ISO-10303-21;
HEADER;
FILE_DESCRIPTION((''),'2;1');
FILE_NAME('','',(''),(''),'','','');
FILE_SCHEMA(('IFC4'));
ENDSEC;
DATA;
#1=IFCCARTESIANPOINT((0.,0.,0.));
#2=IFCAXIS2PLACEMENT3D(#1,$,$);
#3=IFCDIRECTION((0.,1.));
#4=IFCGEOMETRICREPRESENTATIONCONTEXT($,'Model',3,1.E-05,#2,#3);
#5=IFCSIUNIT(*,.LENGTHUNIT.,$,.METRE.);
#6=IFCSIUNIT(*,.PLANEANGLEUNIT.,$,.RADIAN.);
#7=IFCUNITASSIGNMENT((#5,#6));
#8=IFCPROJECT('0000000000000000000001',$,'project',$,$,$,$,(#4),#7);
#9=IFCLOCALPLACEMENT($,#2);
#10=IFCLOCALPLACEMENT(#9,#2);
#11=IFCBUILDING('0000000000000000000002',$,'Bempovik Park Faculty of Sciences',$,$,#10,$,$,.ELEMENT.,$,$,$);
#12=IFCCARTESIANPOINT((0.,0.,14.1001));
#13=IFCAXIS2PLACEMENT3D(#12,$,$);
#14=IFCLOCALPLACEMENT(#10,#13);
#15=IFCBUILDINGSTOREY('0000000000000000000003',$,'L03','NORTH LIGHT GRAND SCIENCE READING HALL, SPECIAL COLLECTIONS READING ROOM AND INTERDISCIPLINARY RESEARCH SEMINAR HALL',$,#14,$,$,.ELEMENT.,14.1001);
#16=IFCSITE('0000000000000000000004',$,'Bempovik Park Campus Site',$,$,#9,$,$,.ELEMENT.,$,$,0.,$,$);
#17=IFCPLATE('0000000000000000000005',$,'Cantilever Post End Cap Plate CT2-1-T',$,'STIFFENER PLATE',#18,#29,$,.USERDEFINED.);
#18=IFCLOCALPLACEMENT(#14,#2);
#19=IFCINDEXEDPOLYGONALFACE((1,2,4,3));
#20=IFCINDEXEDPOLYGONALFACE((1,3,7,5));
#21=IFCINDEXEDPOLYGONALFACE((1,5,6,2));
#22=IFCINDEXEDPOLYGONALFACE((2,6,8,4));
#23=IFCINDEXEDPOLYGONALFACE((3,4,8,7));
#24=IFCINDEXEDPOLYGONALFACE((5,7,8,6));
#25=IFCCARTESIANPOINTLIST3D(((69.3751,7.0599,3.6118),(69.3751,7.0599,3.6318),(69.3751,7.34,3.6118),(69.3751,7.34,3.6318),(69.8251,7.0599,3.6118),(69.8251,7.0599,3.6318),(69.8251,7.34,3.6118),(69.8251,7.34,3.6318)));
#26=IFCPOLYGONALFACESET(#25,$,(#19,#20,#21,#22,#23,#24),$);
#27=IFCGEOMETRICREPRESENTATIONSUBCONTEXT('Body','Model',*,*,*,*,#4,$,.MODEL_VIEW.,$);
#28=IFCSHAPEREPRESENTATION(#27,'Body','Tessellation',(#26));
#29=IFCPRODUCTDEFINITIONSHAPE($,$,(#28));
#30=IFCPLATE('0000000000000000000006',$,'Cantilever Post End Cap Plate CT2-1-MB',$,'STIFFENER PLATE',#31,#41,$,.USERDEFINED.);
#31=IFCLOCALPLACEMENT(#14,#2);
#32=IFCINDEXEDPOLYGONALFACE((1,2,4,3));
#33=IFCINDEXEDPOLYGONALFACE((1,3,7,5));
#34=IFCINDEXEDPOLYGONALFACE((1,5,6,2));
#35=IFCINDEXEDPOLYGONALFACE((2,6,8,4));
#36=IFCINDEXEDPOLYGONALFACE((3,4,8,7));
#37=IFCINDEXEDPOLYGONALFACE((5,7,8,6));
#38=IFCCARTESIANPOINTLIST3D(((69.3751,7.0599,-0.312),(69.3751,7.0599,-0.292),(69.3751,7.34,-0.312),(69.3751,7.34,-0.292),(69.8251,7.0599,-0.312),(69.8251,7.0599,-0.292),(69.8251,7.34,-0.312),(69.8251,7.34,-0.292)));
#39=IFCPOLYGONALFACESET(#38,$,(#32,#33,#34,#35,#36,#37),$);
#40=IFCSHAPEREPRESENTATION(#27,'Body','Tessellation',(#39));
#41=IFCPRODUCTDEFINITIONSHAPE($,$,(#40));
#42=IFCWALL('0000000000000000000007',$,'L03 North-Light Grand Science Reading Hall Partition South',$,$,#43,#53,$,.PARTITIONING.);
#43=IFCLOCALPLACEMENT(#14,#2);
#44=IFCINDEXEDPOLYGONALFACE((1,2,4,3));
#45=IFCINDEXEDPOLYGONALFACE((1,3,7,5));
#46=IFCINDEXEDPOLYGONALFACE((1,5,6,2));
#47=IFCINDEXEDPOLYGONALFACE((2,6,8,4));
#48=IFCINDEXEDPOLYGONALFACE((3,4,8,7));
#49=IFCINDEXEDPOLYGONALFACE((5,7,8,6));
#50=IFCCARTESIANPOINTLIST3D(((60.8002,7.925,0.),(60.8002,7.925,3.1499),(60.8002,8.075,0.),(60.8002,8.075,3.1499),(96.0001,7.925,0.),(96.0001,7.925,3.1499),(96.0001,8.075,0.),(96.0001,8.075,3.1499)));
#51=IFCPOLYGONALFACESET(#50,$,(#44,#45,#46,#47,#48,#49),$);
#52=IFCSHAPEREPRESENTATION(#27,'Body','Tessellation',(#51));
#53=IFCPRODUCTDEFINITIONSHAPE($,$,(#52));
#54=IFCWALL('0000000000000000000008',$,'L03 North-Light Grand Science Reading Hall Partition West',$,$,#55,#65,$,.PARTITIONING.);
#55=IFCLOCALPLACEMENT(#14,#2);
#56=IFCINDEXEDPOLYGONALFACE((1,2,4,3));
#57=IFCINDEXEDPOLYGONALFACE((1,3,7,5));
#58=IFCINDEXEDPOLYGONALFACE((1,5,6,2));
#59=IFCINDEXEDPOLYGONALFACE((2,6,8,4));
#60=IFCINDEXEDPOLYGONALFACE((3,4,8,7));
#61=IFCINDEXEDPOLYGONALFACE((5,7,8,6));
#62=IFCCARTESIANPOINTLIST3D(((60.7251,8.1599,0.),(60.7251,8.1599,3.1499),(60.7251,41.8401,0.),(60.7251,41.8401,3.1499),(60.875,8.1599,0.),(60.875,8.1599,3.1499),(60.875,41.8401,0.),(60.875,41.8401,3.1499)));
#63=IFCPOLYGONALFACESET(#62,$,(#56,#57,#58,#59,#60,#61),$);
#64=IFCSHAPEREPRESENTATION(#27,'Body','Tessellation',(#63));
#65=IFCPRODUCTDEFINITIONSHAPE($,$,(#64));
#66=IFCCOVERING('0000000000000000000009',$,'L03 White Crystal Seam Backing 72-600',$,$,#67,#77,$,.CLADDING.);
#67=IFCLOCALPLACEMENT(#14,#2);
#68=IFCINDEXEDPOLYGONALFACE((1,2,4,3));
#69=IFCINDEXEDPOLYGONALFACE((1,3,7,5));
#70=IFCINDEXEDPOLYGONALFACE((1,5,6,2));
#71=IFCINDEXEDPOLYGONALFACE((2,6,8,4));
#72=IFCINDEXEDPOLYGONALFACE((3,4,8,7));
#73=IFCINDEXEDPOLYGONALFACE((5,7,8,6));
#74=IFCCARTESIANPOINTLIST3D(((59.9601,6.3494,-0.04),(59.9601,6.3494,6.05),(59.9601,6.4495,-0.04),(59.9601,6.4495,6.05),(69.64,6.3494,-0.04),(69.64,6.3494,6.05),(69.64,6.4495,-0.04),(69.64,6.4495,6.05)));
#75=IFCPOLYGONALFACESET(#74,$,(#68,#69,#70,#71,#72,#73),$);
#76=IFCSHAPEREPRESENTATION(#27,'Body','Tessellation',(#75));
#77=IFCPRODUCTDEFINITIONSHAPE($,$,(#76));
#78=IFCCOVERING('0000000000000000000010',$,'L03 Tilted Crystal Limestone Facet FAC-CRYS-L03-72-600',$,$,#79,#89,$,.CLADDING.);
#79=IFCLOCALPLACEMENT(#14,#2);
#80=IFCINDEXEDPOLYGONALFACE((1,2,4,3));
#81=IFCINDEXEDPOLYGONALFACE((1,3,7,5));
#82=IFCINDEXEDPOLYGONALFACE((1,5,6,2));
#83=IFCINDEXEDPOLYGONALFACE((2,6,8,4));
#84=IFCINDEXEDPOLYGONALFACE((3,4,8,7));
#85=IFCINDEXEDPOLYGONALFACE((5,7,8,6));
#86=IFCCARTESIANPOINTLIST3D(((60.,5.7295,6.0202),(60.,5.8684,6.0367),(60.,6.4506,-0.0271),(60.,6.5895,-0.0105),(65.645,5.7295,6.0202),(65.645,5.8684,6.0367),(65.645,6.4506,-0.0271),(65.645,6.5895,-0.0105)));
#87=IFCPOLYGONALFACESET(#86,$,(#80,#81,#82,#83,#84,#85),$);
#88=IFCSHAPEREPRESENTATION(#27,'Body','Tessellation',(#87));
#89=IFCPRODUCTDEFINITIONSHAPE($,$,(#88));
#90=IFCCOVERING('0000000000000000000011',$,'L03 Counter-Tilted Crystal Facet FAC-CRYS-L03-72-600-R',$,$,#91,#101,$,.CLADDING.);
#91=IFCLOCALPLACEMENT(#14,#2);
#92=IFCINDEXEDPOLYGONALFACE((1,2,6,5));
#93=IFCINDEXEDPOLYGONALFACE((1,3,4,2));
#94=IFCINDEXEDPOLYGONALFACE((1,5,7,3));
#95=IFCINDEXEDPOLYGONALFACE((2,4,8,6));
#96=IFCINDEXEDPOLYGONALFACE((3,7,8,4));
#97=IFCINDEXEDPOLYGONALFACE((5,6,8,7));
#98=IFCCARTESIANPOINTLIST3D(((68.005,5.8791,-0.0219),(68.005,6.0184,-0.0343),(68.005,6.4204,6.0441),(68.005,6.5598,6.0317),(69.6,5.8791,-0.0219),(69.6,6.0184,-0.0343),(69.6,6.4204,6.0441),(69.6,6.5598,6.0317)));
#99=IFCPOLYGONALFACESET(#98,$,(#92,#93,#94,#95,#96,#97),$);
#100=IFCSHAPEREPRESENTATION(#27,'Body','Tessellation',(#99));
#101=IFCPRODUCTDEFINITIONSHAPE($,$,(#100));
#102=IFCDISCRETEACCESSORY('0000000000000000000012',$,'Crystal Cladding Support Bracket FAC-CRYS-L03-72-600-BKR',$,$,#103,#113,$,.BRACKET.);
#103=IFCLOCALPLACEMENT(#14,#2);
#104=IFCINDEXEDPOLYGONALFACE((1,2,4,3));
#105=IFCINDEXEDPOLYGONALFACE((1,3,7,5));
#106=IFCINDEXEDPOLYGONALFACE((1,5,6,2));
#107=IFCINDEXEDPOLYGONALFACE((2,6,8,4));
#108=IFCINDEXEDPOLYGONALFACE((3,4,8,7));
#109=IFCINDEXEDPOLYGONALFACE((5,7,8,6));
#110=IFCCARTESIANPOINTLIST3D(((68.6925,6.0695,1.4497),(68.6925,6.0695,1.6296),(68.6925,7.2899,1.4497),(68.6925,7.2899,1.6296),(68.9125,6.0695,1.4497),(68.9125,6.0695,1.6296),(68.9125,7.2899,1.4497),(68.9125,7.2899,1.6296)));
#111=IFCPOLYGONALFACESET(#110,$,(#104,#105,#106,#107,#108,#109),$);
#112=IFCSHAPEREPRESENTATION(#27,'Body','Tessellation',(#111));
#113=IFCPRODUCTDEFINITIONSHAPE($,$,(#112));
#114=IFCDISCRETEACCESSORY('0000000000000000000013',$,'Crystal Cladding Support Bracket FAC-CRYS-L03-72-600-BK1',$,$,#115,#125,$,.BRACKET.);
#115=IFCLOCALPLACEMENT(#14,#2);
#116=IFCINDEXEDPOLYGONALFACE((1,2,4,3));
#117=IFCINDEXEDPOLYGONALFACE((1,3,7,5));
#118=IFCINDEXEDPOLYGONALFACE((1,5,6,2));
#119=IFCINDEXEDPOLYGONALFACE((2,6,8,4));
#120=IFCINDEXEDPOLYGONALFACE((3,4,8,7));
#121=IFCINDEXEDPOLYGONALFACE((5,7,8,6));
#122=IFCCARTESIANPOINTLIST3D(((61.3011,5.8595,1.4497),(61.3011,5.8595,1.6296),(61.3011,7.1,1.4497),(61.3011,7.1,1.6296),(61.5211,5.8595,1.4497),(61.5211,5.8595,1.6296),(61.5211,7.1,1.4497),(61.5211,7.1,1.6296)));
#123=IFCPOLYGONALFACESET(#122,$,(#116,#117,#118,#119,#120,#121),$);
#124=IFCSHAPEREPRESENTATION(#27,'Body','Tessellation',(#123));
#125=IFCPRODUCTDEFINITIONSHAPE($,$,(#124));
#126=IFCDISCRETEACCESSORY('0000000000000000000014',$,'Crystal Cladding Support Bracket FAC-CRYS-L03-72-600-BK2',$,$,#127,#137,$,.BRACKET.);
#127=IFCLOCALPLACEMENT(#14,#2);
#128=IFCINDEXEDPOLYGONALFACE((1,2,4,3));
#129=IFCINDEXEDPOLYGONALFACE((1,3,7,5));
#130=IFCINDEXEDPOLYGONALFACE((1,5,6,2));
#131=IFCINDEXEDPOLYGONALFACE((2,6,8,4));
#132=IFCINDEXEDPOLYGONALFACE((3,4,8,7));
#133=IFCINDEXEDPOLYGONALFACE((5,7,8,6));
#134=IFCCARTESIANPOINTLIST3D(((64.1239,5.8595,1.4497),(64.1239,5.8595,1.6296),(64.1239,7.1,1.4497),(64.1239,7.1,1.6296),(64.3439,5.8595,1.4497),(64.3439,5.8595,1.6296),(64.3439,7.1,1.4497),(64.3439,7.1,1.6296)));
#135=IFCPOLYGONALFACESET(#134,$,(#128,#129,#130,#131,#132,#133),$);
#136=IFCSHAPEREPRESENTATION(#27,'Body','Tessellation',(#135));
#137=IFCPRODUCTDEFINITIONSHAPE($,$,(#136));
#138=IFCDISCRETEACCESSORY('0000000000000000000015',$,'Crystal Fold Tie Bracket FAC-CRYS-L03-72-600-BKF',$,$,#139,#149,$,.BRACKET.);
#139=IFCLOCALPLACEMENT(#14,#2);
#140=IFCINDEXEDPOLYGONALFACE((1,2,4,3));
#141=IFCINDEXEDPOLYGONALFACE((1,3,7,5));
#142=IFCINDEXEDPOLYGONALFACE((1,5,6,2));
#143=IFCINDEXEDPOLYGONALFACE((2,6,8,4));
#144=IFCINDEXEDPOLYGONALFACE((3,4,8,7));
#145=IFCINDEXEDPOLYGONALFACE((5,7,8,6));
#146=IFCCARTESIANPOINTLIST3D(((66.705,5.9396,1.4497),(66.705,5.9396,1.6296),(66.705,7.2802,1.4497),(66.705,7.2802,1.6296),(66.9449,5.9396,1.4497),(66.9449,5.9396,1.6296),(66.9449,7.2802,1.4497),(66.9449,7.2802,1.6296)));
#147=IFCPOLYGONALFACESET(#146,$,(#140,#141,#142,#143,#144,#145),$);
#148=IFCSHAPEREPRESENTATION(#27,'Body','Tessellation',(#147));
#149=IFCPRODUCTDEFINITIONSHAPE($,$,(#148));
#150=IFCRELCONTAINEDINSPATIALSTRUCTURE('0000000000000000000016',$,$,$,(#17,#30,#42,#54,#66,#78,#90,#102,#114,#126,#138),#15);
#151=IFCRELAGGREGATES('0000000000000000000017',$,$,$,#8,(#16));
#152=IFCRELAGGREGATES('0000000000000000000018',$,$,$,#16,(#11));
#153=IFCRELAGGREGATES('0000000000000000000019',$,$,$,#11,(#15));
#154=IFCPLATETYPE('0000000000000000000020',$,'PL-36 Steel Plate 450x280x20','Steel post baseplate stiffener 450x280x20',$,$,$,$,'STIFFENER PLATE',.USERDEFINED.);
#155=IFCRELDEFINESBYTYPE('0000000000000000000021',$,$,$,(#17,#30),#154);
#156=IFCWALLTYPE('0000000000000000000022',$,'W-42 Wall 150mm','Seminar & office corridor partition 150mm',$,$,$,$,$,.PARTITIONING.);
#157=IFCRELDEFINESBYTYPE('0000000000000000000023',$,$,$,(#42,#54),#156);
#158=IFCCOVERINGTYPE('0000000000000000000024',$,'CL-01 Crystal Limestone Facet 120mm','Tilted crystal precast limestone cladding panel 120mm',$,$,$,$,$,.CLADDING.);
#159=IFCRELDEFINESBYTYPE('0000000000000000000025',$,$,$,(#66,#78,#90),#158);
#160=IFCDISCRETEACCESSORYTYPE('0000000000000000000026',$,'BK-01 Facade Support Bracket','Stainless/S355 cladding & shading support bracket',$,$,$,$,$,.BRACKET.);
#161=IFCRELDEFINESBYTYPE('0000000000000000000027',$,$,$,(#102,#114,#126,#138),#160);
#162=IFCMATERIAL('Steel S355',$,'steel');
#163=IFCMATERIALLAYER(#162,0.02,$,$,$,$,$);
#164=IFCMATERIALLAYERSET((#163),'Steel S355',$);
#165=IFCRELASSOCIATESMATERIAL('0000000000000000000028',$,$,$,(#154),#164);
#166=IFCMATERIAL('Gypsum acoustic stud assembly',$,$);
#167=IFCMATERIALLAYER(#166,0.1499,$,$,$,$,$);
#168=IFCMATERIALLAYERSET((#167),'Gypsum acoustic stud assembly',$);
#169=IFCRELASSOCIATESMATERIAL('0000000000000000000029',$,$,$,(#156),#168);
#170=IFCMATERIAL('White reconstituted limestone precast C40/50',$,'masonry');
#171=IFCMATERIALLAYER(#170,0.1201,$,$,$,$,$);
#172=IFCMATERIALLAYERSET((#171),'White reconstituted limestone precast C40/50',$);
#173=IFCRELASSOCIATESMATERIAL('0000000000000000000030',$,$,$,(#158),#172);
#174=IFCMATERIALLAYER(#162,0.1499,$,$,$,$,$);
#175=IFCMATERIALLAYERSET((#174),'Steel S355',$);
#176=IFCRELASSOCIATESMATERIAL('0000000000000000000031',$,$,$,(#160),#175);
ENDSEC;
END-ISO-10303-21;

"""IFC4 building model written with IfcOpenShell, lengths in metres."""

from ifc_helpers import new_model, si_unit, direction, frame, frame_2d, origin, origin_2d, place, context, subcontext, project, spatial, rectangle, extrude, material, layer, layer_set, type_object, element, save


model = new_model("IFC4")

# Units and contexts
model_context = context("Model", 3, precision=1e-05, world=origin(), true_north=direction((0.0, 1.0)))
body_context = subcontext(model_context, "Body", "Model", "MODEL_VIEW")
ifc_project = project(units=[si_unit("LENGTHUNIT", "METRE"), si_unit("PLANEANGLEUNIT", "RADIAN")], contexts=[model_context])

# Site, building, storey
site_placement = place(None, origin())
site = spatial("IfcSite", under=ifc_project, at=site_placement, Name="Bempovik Park Campus Site", CompositionType="ELEMENT", RefElevation=0.0)
building_placement = place(site_placement, origin())
building = spatial("IfcBuilding", under=site, at=building_placement, Name="Bempovik Park Faculty of Sciences", CompositionType="ELEMENT")
storey_placement = place(building_placement, frame((0.0, 0.0, 14.1001)))
storey = spatial("IfcBuildingStorey", under=building, at=storey_placement, Name="L03", Description="NORTH LIGHT GRAND SCIENCE READING HALL, SPECIAL COLLECTIONS READING ROOM AND INTERDISCIPLINARY RESEARCH SEMINAR HALL", CompositionType="ELEMENT", Elevation=14.1001)

# Shared definitions
ifc_material_1 = material(Name="Steel S355", Category="steel")

# Plates
ifc_layer_1 = layer(ifc_material_1, 0.02)
ifc_layer_set_1 = layer_set([ifc_layer_1], Name="Steel S355")
plate_type_1 = type_object("IfcPlateType", Name="PL-36 Steel Plate 450x280x20", Description="Steel post baseplate stiffener 450x280x20", ElementType="STIFFENER PLATE", PredefinedType="USERDEFINED", material=ifc_layer_set_1)
for number, where, z_axis, x_axis, name in (
    (1, (69.6001, 7.2, 3.6118), (0.0, 0.0, 1.0), (1.0, 0.0, 0.0), "Cantilever Post End Cap Plate CT2-1-T"),
    (2, (69.6001, 7.2, -0.312), (0.0, 0.0, 1.0), (1.0, 0.0, 0.0), "Cantilever Post End Cap Plate CT2-1-MB"),
):
    element("IfcPlate", number, at=place(storey_placement, frame(where, z_axis=z_axis, x_axis=x_axis)), inside=storey, type_object=plate_type_1, Name=name, ObjectType="STIFFENER PLATE", PredefinedType="USERDEFINED", context=body_context, shape_type="SweptSolid", body=[
        extrude(rectangle(XDim=0.45, YDim=0.28, at=origin_2d()), origin(), (0.0, 0.0, 1.0), 0.02),
    ])

# Walls
ifc_material_2 = material(Name="Gypsum acoustic stud assembly")
ifc_layer_2 = layer(ifc_material_2, 0.1499)
ifc_layer_set_2 = layer_set([ifc_layer_2], Name="Gypsum acoustic stud assembly")
wall_type = type_object("IfcWallType", Name="W-42 Wall 150mm", Description="Seminar & office corridor partition 150mm", PredefinedType="PARTITIONING", material=ifc_layer_set_2)
wall_1_placement = place(storey_placement, frame((60.8, 8.0, 0.0), z_axis=(0.0, 0.0, 1.0), x_axis=(1.0, 0.0, 0.0)))
element("IfcWall", 3, at=wall_1_placement, inside=storey, type_object=wall_type, Name="L03 North-Light Grand Science Reading Hall Partition South", PredefinedType="PARTITIONING", context=body_context, shape_type="SweptSolid", body=[
    extrude(rectangle(XDim=35.2, YDim=0.1499, at=frame_2d((17.6001, 0.0))), origin(), (0.0, 0.0, 1.0), 3.1499),
])
wall_2_placement = place(storey_placement, frame((60.8, 8.1599, 0.0), z_axis=(0.0, 0.0, 1.0), x_axis=(0.0, 1.0, 0.0)))
element("IfcWall", 4, at=wall_2_placement, inside=storey, type_object=wall_type, Name="L03 North-Light Grand Science Reading Hall Partition West", PredefinedType="PARTITIONING", context=body_context, shape_type="SweptSolid", body=[
    extrude(rectangle(XDim=33.6802, YDim=0.1499, at=frame_2d((16.8401, 0.0))), origin(), (0.0, 0.0, 1.0), 3.1499),
])

# Coverings
ifc_material_3 = material(Name="White reconstituted limestone precast C40/50", Category="masonry")
ifc_layer_3 = layer(ifc_material_3, 0.1201)
ifc_layer_set_3 = layer_set([ifc_layer_3], Name="White reconstituted limestone precast C40/50")
covering_type = type_object("IfcCoveringType", Name="CL-01 Crystal Limestone Facet 120mm", Description="Tilted crystal precast limestone cladding panel 120mm", PredefinedType="CLADDING", material=ifc_layer_set_3)
covering_1_placement = place(storey_placement, frame((64.8, 6.3994, -0.04), z_axis=(0.0, 0.0, 1.0), x_axis=(1.0, 0.0, 0.0)))
element("IfcCovering", 5, at=covering_1_placement, inside=storey, type_object=covering_type, Name="L03 White Crystal Seam Backing 72-600", PredefinedType="CLADDING", context=body_context, shape_type="SweptSolid", body=[
    extrude(rectangle(XDim=9.6799, YDim=0.1001, at=origin_2d()), origin(), (0.0, 0.0, 1.0), 6.0901),
])
covering_2_placement = place(storey_placement, frame((62.8225, 6.52, -0.0188), z_axis=(0.0, -0.118404, 0.992966), x_axis=(1.0, 0.0, 0.0)))
element("IfcCovering", 6, at=covering_2_placement, inside=storey, type_object=covering_type, Name="L03 Tilted Crystal Limestone Facet FAC-CRYS-L03-72-600", PredefinedType="CLADDING", context=body_context, shape_type="SweptSolid", body=[
    extrude(rectangle(XDim=5.645, YDim=0.1399, at=origin_2d()), origin(), (0.0, 0.0, 1.0), 6.0901),
])
covering_3_placement = place(storey_placement, frame((68.8025, 5.9487, -0.0281), z_axis=(0.0, 0.088894, 0.996041), x_axis=(1.0, 0.0, 0.0)))
element("IfcCovering", 7, at=covering_3_placement, inside=storey, type_object=covering_type, Name="L03 Counter-Tilted Crystal Facet FAC-CRYS-L03-72-600-R", PredefinedType="CLADDING", context=body_context, shape_type="SweptSolid", body=[
    extrude(rectangle(XDim=1.595, YDim=0.1399, at=origin_2d()), origin(), (0.0, 0.0, 1.0), 6.0901),
])

# Discrete accessories
ifc_layer_4 = layer(ifc_material_1, 0.1499)
ifc_layer_set_4 = layer_set([ifc_layer_4], Name="Steel S355")
discrete_accessory_type = type_object("IfcDiscreteAccessoryType", Name="BK-01 Facade Support Bracket", Description="Stainless/S355 cladding & shading support bracket", PredefinedType="BRACKET", material=ifc_layer_set_4)
discrete_accessory_1_placement = place(storey_placement, frame((68.8025, 6.6797, 1.4497), z_axis=(0.0, 0.0, 1.0), x_axis=(1.0, 0.0, 0.0)))
element("IfcDiscreteAccessory", 8, at=discrete_accessory_1_placement, inside=storey, type_object=discrete_accessory_type, Name="Crystal Cladding Support Bracket FAC-CRYS-L03-72-600-BKR", PredefinedType="BRACKET", context=body_context, shape_type="SweptSolid", body=[
    extrude(rectangle(XDim=0.22, YDim=1.2205, at=origin_2d()), origin(), (0.0, 0.0, 1.0), 0.1799),
])
for number, where, z_axis, x_axis, name in (
    (9, (61.4111, 6.4797, 1.4497), (0.0, 0.0, 1.0), (1.0, 0.0, 0.0), "Crystal Cladding Support Bracket FAC-CRYS-L03-72-600-BK1"),
    (10, (64.2339, 6.4797, 1.4497), (0.0, 0.0, 1.0), (1.0, 0.0, 0.0), "Crystal Cladding Support Bracket FAC-CRYS-L03-72-600-BK2"),
):
    element("IfcDiscreteAccessory", number, at=place(storey_placement, frame(where, z_axis=z_axis, x_axis=x_axis)), inside=storey, type_object=discrete_accessory_type, Name=name, PredefinedType="BRACKET", context=body_context, shape_type="SweptSolid", body=[
        extrude(rectangle(XDim=0.22, YDim=1.2405, at=origin_2d()), origin(), (0.0, 0.0, 1.0), 0.1799),
    ])
discrete_accessory_2_placement = place(storey_placement, frame((66.825, 6.6099, 1.4497), z_axis=(0.0, 0.0, 1.0), x_axis=(1.0, 0.0, 0.0)))
element("IfcDiscreteAccessory", 11, at=discrete_accessory_2_placement, inside=storey, type_object=discrete_accessory_type, Name="Crystal Fold Tie Bracket FAC-CRYS-L03-72-600-BKF", PredefinedType="BRACKET", context=body_context, shape_type="SweptSolid", body=[
    extrude(rectangle(XDim=0.24, YDim=1.3406, at=origin_2d()), origin(), (0.0, 0.0, 1.0), 0.1799),
])

save(model, "model.ifc")
